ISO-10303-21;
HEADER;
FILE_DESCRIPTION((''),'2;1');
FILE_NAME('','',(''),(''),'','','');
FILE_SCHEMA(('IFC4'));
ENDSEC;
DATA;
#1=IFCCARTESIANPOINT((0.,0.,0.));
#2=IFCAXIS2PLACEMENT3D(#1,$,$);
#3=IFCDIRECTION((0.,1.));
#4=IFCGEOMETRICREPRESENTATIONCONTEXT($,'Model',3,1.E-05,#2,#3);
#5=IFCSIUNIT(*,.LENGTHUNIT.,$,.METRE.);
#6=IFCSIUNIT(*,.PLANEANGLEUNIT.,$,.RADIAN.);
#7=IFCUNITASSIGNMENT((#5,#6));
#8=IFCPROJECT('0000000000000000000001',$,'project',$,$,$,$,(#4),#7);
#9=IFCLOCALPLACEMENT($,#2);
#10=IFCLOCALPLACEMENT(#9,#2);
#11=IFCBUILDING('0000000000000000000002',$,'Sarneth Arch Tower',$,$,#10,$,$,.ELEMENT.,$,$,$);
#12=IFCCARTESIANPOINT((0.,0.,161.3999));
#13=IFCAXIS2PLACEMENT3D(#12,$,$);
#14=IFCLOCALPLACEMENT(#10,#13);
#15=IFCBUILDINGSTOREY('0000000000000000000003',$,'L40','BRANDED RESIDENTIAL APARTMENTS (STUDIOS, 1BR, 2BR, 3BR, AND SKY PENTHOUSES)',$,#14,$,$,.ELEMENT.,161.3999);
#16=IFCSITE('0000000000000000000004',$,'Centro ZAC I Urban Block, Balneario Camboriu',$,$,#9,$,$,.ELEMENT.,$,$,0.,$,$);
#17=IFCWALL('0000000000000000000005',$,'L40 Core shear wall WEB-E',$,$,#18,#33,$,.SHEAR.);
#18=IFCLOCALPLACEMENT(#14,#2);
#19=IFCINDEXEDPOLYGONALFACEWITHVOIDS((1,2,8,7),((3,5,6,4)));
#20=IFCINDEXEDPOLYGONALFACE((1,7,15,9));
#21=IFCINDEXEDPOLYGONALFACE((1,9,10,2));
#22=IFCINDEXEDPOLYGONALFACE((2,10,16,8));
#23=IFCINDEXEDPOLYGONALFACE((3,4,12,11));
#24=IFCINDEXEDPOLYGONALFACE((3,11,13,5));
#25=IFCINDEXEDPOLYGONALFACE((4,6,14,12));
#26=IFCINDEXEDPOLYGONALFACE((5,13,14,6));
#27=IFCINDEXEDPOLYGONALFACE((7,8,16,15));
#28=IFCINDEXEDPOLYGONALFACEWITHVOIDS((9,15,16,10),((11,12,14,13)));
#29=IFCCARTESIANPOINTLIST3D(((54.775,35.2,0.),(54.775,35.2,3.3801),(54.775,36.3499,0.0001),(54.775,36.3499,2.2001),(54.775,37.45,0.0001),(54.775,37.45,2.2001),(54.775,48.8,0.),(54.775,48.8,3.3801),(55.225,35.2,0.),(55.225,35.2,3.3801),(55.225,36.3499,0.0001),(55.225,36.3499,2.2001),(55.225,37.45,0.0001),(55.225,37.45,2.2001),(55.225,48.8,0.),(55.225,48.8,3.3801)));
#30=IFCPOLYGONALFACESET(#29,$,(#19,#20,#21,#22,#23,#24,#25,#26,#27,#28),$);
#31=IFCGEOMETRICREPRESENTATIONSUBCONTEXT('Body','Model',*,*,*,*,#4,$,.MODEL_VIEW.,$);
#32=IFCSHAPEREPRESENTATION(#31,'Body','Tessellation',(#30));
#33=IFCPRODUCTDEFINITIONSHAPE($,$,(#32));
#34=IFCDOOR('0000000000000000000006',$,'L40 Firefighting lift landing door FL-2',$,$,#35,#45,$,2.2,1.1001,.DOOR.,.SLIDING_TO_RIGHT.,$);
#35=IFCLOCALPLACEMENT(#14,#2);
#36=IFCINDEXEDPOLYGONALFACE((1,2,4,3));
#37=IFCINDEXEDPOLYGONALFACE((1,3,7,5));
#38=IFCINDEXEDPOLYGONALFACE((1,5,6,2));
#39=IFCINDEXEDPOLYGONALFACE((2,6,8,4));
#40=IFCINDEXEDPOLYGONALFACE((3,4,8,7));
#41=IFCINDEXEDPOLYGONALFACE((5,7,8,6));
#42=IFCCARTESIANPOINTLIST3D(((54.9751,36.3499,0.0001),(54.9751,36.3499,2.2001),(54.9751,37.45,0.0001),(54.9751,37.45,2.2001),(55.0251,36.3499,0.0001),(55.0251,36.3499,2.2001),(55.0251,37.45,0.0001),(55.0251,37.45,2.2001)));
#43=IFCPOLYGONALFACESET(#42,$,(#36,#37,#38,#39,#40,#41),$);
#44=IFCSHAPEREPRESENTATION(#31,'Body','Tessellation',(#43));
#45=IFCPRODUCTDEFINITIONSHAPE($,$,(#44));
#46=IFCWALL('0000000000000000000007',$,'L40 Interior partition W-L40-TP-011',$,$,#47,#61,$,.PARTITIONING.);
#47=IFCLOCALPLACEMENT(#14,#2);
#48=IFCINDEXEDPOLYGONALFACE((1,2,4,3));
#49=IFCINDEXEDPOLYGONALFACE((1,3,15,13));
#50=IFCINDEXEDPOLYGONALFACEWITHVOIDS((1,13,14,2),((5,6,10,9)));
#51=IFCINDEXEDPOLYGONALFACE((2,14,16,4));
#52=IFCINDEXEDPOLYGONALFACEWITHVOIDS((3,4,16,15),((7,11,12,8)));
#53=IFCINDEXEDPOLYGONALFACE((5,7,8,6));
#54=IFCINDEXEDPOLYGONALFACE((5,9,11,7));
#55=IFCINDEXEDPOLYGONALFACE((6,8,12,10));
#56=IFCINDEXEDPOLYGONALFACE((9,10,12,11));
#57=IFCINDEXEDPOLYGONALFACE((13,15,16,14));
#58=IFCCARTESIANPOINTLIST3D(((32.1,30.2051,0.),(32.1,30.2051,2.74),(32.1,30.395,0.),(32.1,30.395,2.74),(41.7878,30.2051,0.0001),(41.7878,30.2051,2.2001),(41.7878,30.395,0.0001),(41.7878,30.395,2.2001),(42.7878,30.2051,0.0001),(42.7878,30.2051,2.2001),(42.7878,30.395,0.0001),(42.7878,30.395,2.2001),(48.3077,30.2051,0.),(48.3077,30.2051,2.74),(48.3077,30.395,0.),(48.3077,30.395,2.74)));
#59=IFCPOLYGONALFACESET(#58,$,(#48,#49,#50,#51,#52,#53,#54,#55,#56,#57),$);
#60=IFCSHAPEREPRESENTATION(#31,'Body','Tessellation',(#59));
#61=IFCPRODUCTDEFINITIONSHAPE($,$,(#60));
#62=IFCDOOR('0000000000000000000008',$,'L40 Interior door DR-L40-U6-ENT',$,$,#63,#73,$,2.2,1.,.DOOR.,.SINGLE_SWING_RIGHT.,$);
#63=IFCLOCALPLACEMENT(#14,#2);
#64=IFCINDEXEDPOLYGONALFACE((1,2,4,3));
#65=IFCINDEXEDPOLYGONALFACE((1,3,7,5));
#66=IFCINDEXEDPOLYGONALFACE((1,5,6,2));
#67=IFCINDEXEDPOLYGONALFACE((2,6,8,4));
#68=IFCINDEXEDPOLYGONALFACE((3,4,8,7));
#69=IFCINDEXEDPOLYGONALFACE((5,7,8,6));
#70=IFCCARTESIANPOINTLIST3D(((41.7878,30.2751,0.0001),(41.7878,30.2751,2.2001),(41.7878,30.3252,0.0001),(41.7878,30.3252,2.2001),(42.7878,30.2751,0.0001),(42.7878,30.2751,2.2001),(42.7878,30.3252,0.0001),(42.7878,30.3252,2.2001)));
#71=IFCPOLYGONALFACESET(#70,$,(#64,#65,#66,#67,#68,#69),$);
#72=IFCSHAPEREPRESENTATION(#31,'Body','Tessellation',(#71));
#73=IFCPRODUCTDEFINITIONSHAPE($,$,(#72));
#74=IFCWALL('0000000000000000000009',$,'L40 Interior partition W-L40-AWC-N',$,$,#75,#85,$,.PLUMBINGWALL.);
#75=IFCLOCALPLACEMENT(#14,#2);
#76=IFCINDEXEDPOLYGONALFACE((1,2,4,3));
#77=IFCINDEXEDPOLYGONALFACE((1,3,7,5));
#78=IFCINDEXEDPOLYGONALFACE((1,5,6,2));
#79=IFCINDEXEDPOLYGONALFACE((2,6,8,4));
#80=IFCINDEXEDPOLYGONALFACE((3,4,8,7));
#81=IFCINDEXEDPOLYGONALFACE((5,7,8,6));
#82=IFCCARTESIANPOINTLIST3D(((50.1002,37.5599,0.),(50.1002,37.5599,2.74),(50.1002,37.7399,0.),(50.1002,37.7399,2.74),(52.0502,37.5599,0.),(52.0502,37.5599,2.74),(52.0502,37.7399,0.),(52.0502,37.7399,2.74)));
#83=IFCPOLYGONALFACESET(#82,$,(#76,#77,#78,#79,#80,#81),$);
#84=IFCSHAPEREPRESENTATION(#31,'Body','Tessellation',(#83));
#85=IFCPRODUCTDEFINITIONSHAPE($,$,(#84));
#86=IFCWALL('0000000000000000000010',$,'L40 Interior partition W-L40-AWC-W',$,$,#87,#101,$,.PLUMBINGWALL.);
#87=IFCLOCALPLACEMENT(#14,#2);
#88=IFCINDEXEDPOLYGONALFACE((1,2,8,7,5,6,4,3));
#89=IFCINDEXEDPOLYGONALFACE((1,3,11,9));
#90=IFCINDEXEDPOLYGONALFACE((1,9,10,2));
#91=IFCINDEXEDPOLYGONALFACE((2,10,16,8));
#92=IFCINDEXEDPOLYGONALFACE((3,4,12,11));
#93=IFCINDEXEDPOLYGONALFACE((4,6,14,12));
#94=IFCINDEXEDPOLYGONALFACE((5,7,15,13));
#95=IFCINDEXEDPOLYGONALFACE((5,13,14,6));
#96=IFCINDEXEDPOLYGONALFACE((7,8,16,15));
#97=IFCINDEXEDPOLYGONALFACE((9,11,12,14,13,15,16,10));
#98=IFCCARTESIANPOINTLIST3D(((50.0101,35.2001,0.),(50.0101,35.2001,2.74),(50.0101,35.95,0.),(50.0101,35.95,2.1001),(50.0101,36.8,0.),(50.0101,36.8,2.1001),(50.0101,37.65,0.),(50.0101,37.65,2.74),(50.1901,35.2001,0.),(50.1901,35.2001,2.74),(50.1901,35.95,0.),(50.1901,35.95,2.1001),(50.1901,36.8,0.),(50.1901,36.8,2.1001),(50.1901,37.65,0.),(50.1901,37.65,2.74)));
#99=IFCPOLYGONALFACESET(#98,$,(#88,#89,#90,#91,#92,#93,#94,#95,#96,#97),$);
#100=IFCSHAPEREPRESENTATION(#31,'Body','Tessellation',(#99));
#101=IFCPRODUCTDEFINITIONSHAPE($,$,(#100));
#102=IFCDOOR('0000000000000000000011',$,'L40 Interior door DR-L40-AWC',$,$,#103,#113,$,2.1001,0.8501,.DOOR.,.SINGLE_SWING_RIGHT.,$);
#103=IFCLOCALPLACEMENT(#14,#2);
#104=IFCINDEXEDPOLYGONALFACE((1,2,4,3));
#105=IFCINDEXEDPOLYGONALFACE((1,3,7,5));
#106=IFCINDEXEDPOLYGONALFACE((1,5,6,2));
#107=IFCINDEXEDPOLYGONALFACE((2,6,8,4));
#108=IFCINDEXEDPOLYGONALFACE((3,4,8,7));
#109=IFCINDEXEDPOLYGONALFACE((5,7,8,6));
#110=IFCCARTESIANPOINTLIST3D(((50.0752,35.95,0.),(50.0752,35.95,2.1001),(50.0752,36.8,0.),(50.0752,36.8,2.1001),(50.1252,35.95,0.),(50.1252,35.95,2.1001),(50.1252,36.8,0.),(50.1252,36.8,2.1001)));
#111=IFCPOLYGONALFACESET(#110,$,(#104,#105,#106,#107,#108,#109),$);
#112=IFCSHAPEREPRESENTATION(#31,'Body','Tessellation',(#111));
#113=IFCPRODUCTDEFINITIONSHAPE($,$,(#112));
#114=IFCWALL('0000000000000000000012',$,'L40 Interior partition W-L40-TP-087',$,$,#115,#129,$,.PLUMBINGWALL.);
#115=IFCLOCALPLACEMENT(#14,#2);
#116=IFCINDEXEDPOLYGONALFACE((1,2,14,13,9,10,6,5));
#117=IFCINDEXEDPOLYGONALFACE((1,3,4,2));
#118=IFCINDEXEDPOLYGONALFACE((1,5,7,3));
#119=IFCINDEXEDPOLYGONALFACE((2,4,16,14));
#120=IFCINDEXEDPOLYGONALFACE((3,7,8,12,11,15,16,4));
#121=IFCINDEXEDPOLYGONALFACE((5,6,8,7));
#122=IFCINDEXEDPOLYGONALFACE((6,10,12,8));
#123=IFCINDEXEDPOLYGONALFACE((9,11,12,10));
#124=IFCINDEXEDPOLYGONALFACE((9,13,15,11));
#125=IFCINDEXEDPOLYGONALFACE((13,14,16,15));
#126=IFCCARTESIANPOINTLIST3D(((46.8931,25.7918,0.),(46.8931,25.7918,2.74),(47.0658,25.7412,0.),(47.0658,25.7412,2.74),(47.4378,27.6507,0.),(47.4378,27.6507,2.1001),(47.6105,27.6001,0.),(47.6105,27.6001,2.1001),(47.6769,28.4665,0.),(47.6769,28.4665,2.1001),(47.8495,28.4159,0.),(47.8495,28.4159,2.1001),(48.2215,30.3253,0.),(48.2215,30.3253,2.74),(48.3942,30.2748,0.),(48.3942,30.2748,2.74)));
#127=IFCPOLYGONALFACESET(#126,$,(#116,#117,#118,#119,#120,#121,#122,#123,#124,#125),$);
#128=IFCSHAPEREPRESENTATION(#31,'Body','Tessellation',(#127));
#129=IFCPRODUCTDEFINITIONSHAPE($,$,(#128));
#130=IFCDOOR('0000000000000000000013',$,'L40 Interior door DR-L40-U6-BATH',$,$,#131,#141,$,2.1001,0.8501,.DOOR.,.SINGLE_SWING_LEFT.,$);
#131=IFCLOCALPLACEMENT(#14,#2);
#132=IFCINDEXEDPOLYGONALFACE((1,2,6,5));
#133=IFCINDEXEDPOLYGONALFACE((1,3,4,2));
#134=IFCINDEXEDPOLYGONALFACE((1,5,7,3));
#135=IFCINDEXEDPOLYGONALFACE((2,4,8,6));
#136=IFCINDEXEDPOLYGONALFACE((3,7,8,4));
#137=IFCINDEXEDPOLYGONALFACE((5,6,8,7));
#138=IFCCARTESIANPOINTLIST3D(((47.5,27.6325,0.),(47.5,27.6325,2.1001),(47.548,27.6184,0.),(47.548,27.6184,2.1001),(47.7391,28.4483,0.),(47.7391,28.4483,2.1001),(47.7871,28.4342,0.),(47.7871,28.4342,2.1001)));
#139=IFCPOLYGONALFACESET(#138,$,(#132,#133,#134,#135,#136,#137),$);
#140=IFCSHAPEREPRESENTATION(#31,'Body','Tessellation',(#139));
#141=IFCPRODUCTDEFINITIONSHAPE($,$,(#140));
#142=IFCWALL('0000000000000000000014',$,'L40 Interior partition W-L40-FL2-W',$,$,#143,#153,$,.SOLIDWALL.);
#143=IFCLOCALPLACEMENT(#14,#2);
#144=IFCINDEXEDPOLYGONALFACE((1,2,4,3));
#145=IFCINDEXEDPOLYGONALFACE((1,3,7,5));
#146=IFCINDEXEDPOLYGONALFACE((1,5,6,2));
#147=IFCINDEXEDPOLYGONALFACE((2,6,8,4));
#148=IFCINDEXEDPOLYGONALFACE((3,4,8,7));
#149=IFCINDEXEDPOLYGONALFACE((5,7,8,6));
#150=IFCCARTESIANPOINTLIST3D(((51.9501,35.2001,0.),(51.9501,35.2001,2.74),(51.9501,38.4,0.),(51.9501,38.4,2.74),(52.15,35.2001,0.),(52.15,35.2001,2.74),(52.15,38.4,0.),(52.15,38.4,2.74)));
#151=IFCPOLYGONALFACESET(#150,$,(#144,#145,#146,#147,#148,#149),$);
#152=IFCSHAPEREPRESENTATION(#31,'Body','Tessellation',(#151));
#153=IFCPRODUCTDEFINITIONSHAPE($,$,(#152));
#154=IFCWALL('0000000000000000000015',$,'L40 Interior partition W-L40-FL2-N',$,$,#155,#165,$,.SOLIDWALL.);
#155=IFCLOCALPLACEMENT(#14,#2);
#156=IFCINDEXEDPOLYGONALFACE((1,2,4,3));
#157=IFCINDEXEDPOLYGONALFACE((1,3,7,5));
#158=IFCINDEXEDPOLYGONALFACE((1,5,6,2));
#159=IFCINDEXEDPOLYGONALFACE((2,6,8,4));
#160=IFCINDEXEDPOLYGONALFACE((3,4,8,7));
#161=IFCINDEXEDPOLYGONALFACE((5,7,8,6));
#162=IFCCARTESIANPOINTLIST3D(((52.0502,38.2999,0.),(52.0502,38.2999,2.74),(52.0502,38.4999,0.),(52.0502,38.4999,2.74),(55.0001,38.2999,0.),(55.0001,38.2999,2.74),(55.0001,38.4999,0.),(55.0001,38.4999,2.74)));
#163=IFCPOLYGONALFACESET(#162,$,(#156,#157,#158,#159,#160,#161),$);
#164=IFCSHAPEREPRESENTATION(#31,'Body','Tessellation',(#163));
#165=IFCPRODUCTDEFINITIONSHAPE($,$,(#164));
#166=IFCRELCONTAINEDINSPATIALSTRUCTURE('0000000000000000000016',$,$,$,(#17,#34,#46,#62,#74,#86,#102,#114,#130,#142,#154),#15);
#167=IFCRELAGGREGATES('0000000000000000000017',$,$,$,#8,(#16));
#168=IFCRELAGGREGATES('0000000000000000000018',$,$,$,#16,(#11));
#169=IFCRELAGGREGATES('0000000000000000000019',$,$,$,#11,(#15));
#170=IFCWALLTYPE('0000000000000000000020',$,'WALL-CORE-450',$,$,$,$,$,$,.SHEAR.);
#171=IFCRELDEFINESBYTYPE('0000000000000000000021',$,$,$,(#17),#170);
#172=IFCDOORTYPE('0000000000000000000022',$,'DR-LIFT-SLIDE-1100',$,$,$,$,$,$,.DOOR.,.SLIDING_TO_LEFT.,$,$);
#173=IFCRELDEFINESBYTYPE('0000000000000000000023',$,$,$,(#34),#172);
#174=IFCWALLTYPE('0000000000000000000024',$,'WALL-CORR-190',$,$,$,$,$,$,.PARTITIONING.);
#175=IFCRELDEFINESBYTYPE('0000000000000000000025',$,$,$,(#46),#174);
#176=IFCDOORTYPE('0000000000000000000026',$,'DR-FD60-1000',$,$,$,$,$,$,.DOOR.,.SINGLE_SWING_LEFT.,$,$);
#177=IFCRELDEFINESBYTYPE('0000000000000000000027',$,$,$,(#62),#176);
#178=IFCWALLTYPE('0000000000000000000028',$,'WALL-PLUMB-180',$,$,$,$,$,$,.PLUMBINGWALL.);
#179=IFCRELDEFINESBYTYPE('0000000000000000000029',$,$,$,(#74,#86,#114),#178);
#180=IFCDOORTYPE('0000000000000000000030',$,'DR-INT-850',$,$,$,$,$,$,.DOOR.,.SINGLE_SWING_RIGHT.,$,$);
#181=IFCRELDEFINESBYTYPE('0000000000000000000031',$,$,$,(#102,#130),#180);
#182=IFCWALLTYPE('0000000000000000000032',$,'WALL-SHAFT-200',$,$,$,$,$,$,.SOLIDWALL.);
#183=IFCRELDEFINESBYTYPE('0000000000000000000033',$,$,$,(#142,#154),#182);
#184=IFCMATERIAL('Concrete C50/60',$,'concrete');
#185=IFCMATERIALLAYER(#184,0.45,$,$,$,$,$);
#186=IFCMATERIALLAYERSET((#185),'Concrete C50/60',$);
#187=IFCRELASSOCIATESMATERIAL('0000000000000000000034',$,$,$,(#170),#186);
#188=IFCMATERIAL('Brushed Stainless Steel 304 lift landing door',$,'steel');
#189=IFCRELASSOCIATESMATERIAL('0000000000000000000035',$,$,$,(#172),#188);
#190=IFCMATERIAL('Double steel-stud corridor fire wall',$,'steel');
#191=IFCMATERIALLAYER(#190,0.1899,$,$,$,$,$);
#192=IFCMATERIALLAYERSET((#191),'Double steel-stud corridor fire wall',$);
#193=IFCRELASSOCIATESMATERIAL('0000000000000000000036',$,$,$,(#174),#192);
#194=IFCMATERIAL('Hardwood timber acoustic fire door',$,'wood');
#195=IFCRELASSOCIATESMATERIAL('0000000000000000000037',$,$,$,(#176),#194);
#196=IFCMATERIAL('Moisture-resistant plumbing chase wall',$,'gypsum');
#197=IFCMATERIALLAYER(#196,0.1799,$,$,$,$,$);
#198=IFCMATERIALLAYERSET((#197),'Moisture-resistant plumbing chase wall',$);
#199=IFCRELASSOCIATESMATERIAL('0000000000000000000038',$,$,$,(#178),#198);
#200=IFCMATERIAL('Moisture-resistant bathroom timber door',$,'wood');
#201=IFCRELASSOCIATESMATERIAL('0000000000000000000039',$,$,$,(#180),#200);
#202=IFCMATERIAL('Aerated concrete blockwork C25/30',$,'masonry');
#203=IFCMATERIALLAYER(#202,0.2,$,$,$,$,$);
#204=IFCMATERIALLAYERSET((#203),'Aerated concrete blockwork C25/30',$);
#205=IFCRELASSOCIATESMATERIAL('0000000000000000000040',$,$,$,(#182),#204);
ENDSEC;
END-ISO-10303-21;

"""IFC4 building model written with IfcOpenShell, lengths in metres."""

from ifc_helpers import new_model, si_unit, direction, frame, frame_2d, origin, place, context, subcontext, project, spatial, rectangle, extrude, material, layer, layer_set, type_object, element, fill, save


model = new_model("IFC4")

# Units and contexts
model_context = context("Model", 3, precision=1e-05, world=origin(), true_north=direction((0.0, 1.0)))
body_context = subcontext(model_context, "Body", "Model", "MODEL_VIEW")
ifc_project = project(units=[si_unit("LENGTHUNIT", "METRE"), si_unit("PLANEANGLEUNIT", "RADIAN")], contexts=[model_context])

# Site, building, storey
site_placement = place(None, origin())
site = spatial("IfcSite", under=ifc_project, at=site_placement, Name="Centro ZAC I Urban Block, Balneario Camboriu", CompositionType="ELEMENT", RefElevation=0.0)
building_placement = place(site_placement, origin())
building = spatial("IfcBuilding", under=site, at=building_placement, Name="Sarneth Arch Tower", CompositionType="ELEMENT")
storey_placement = place(building_placement, frame((0.0, 0.0, 161.3999)))
storey = spatial("IfcBuildingStorey", under=building, at=storey_placement, Name="L40", Description="BRANDED RESIDENTIAL APARTMENTS (STUDIOS, 1BR, 2BR, 3BR, AND SKY PENTHOUSES)", CompositionType="ELEMENT", Elevation=161.3999)

# Shared definitions
ifc_material_1 = material(Name="Concrete C50/60", Category="concrete")
ifc_layer_1 = layer(ifc_material_1, 0.45)
ifc_layer_set_1 = layer_set([ifc_layer_1], Name="Concrete C50/60")
wall_type_1 = type_object("IfcWallType", Name="WALL-CORE-450", PredefinedType="SHEAR", material=ifc_layer_set_1)

# Walls, openings, doors
wall_1_placement = place(storey_placement, frame((55.0, 35.2, 0.0), z_axis=(0.0, 0.0, 1.0), x_axis=(0.0, 1.0, 0.0)))
wall_1 = element("IfcWall", 1, at=wall_1_placement, inside=storey, type_object=wall_type_1, Name="L40 Core shear wall WEB-E", PredefinedType="SHEAR", context=body_context, shape_type="SweptSolid", body=[
    extrude(rectangle(XDim=13.6001, YDim=0.45, at=frame_2d((6.8, 0.0))), origin(), (0.0, 0.0, 1.0), 3.3801),
])
opening_1_placement = place(wall_1_placement, frame((1.1499, 0.0, 0.0)))
opening_1 = element("IfcOpeningElement", 2, at=opening_1_placement, cuts=wall_1, PredefinedType="OPENING", context=body_context, shape_type="SweptSolid", body=[
    extrude(rectangle(XDim=1.1001, YDim=2.2, at=frame_2d((0.55, 1.1001))), frame((0.0, 0.2349, 0.0), z_axis=(0.0, -1.0, 0.0), x_axis=(1.0, 0.0, 0.0)), (0.0, 0.0, 1.0), 0.47),
])
ifc_material_2 = material(Name="Brushed Stainless Steel 304 lift landing door", Category="steel")
door_type_1 = type_object("IfcDoorType", Name="DR-LIFT-SLIDE-1100", OperationType="SLIDING_TO_LEFT", PredefinedType="DOOR", material=ifc_material_2)
door_1_placement = place(opening_1_placement, origin())
door_1 = element("IfcDoor", 3, at=door_1_placement, inside=storey, type_object=door_type_1, Name="L40 Firefighting lift landing door FL-2", OperationType="SLIDING_TO_RIGHT", OverallHeight=2.2, OverallWidth=1.1001, PredefinedType="DOOR", context=body_context, shape_type="SweptSolid", body=[
    extrude(rectangle(XDim=1.1001, YDim=2.2, at=frame_2d((0.55, 1.1001))), frame((0.0, 0.0249, 0.0), z_axis=(0.0, -1.0, 0.0), x_axis=(1.0, 0.0, 0.0)), (0.0, 0.0, 1.0), 0.05),
])
fill(opening_1, door_1)
ifc_material_3 = material(Name="Double steel-stud corridor fire wall", Category="steel")
ifc_layer_2 = layer(ifc_material_3, 0.1899)
ifc_layer_set_2 = layer_set([ifc_layer_2], Name="Double steel-stud corridor fire wall")
wall_type_2 = type_object("IfcWallType", Name="WALL-CORR-190", PredefinedType="PARTITIONING", material=ifc_layer_set_2)
wall_2_placement = place(storey_placement, frame((48.3079, 30.3, 0.0), z_axis=(0.0, 0.0, 1.0), x_axis=(-1.0, 0.0, 0.0)))
wall_2 = element("IfcWall", 4, at=wall_2_placement, inside=storey, type_object=wall_type_2, Name="L40 Interior partition W-L40-TP-011", PredefinedType="PARTITIONING", context=body_context, shape_type="SweptSolid", body=[
    extrude(rectangle(XDim=16.2078, YDim=0.1899, at=frame_2d((8.104, 0.0))), origin(), (0.0, 0.0, 1.0), 2.74),
])
opening_2_placement = place(wall_2_placement, frame((5.52, 0.0, 0.0)))
opening_2 = element("IfcOpeningElement", 5, at=opening_2_placement, cuts=wall_2, PredefinedType="OPENING", context=body_context, shape_type="SweptSolid", body=[
    extrude(rectangle(XDim=1.0, YDim=2.2, at=frame_2d((0.5, 1.1001))), frame((0.0, 0.105, 0.0), z_axis=(0.0, -1.0, 0.0), x_axis=(1.0, 0.0, 0.0)), (0.0, 0.0, 1.0), 0.21),
])
ifc_material_4 = material(Name="Hardwood timber acoustic fire door", Category="wood")
door_type_2 = type_object("IfcDoorType", Name="DR-FD60-1000", OperationType="SINGLE_SWING_LEFT", PredefinedType="DOOR", material=ifc_material_4)
door_2_placement = place(opening_2_placement, origin())
door_2 = element("IfcDoor", 6, at=door_2_placement, inside=storey, type_object=door_type_2, Name="L40 Interior door DR-L40-U6-ENT", OperationType="SINGLE_SWING_RIGHT", OverallHeight=2.2, OverallWidth=1.0, PredefinedType="DOOR", context=body_context, shape_type="SweptSolid", body=[
    extrude(rectangle(XDim=1.0, YDim=2.2, at=frame_2d((0.5, 1.1001))), frame((0.0, 0.0249, 0.0), z_axis=(0.0, -1.0, 0.0), x_axis=(1.0, 0.0, 0.0)), (0.0, 0.0, 1.0), 0.05),
])
fill(opening_2, door_2)

# Wall
ifc_material_5 = material(Name="Moisture-resistant plumbing chase wall", Category="gypsum")
ifc_layer_3 = layer(ifc_material_5, 0.1799)
ifc_layer_set_3 = layer_set([ifc_layer_3], Name="Moisture-resistant plumbing chase wall")
wall_type_3 = type_object("IfcWallType", Name="WALL-PLUMB-180", PredefinedType="PLUMBINGWALL", material=ifc_layer_set_3)
wall_3_placement = place(storey_placement, frame((50.1001, 37.6499, 0.0), z_axis=(0.0, 0.0, 1.0), x_axis=(1.0, 0.0, 0.0)))
element("IfcWall", 7, at=wall_3_placement, inside=storey, type_object=wall_type_3, Name="L40 Interior partition W-L40-AWC-N", PredefinedType="PLUMBINGWALL", context=body_context, shape_type="SweptSolid", body=[
    extrude(rectangle(XDim=1.95, YDim=0.1799, at=frame_2d((0.9751, 0.0))), origin(), (0.0, 0.0, 1.0), 2.74),
])

# Walls, openings, doors
wall_4_placement = place(storey_placement, frame((50.1001, 35.2, 0.0), z_axis=(0.0, 0.0, 1.0), x_axis=(0.0, 1.0, 0.0)))
wall_4 = element("IfcWall", 8, at=wall_4_placement, inside=storey, type_object=wall_type_3, Name="L40 Interior partition W-L40-AWC-W", PredefinedType="PLUMBINGWALL", context=body_context, shape_type="SweptSolid", body=[
    extrude(rectangle(XDim=2.45, YDim=0.1799, at=frame_2d((1.2251, 0.0))), origin(), (0.0, 0.0, 1.0), 2.74),
])
opening_3_placement = place(wall_4_placement, frame((0.75, 0.0, 0.0)))
opening_3 = element("IfcOpeningElement", 9, at=opening_3_placement, cuts=wall_4, PredefinedType="OPENING", context=body_context, shape_type="SweptSolid", body=[
    extrude(rectangle(XDim=0.8501, YDim=2.1001, at=frame_2d((0.425, 1.05))), frame((0.0, 0.0999, 0.0), z_axis=(0.0, -1.0, 0.0), x_axis=(1.0, 0.0, 0.0)), (0.0, 0.0, 1.0), 0.2),
])
ifc_material_6 = material(Name="Moisture-resistant bathroom timber door", Category="wood")
door_type_3 = type_object("IfcDoorType", Name="DR-INT-850", OperationType="SINGLE_SWING_RIGHT", PredefinedType="DOOR", material=ifc_material_6)
door_3_placement = place(opening_3_placement, origin())
door_3 = element("IfcDoor", 10, at=door_3_placement, inside=storey, type_object=door_type_3, Name="L40 Interior door DR-L40-AWC", OperationType="SINGLE_SWING_RIGHT", OverallHeight=2.1001, OverallWidth=0.8501, PredefinedType="DOOR", context=body_context, shape_type="SweptSolid", body=[
    extrude(rectangle(XDim=0.8501, YDim=2.1001, at=frame_2d((0.425, 1.05))), frame((0.0, 0.0249, 0.0), z_axis=(0.0, -1.0, 0.0), x_axis=(1.0, 0.0, 0.0)), (0.0, 0.0, 1.0), 0.05),
])
fill(opening_3, door_3)
wall_5_placement = place(storey_placement, frame((48.3079, 30.3, 0.0), z_axis=(0.0, 0.0, 1.0), x_axis=(-0.281192, -0.959651, 0.0)))
wall_5 = element("IfcWall", 11, at=wall_5_placement, inside=storey, type_object=wall_type_3, Name="L40 Interior partition W-L40-TP-087", PredefinedType="PLUMBINGWALL", context=body_context, shape_type="SweptSolid", body=[
    extrude(rectangle(XDim=4.7241, YDim=0.1799, at=frame_2d((2.3621, 0.0))), origin(), (0.0, 0.0, 1.0), 2.74),
])
opening_4_placement = place(wall_5_placement, frame((1.937, 0.0, 0.0)))
opening_4 = element("IfcOpeningElement", 12, at=opening_4_placement, cuts=wall_5, PredefinedType="OPENING", context=body_context, shape_type="SweptSolid", body=[
    extrude(rectangle(XDim=0.8501, YDim=2.1001, at=frame_2d((0.425, 1.05))), frame((0.0, 0.0999, 0.0), z_axis=(0.0, -1.0, 0.0), x_axis=(1.0, 0.0, 0.0)), (0.0, 0.0, 1.0), 0.2),
])
door_4_placement = place(opening_4_placement, origin())
door_4 = element("IfcDoor", 13, at=door_4_placement, inside=storey, type_object=door_type_3, Name="L40 Interior door DR-L40-U6-BATH", OperationType="SINGLE_SWING_LEFT", OverallHeight=2.1001, OverallWidth=0.8501, PredefinedType="DOOR", context=body_context, shape_type="SweptSolid", body=[
    extrude(rectangle(XDim=0.8501, YDim=2.1001, at=frame_2d((0.425, 1.05))), frame((0.0, 0.0249, 0.0), z_axis=(0.0, -1.0, 0.0), x_axis=(1.0, 0.0, 0.0)), (0.0, 0.0, 1.0), 0.05),
])
fill(opening_4, door_4)
ifc_material_7 = material(Name="Aerated concrete blockwork C25/30", Category="masonry")
ifc_layer_4 = layer(ifc_material_7, 0.2)
ifc_layer_set_4 = layer_set([ifc_layer_4], Name="Aerated concrete blockwork C25/30")
wall_type_4 = type_object("IfcWallType", Name="WALL-SHAFT-200", PredefinedType="SOLIDWALL", material=ifc_layer_set_4)

# Walls
wall_6_placement = place(storey_placement, frame((52.05, 35.2, 0.0), z_axis=(0.0, 0.0, 1.0), x_axis=(0.0, 1.0, 0.0)))
element("IfcWall", 14, at=wall_6_placement, inside=storey, type_object=wall_type_4, Name="L40 Interior partition W-L40-FL2-W", PredefinedType="SOLIDWALL", context=body_context, shape_type="SweptSolid", body=[
    extrude(rectangle(XDim=3.2, YDim=0.2, at=frame_2d((1.6001, 0.0))), origin(), (0.0, 0.0, 1.0), 2.74),
])
wall_7_placement = place(storey_placement, frame((52.05, 38.3999, 0.0), z_axis=(0.0, 0.0, 1.0), x_axis=(1.0, 0.0, 0.0)))
element("IfcWall", 15, at=wall_7_placement, inside=storey, type_object=wall_type_4, Name="L40 Interior partition W-L40-FL2-N", PredefinedType="SOLIDWALL", context=body_context, shape_type="SweptSolid", body=[
    extrude(rectangle(XDim=2.95, YDim=0.2, at=frame_2d((1.4751, 0.0))), origin(), (0.0, 0.0, 1.0), 2.74),
])

save(model, "model.ifc")
